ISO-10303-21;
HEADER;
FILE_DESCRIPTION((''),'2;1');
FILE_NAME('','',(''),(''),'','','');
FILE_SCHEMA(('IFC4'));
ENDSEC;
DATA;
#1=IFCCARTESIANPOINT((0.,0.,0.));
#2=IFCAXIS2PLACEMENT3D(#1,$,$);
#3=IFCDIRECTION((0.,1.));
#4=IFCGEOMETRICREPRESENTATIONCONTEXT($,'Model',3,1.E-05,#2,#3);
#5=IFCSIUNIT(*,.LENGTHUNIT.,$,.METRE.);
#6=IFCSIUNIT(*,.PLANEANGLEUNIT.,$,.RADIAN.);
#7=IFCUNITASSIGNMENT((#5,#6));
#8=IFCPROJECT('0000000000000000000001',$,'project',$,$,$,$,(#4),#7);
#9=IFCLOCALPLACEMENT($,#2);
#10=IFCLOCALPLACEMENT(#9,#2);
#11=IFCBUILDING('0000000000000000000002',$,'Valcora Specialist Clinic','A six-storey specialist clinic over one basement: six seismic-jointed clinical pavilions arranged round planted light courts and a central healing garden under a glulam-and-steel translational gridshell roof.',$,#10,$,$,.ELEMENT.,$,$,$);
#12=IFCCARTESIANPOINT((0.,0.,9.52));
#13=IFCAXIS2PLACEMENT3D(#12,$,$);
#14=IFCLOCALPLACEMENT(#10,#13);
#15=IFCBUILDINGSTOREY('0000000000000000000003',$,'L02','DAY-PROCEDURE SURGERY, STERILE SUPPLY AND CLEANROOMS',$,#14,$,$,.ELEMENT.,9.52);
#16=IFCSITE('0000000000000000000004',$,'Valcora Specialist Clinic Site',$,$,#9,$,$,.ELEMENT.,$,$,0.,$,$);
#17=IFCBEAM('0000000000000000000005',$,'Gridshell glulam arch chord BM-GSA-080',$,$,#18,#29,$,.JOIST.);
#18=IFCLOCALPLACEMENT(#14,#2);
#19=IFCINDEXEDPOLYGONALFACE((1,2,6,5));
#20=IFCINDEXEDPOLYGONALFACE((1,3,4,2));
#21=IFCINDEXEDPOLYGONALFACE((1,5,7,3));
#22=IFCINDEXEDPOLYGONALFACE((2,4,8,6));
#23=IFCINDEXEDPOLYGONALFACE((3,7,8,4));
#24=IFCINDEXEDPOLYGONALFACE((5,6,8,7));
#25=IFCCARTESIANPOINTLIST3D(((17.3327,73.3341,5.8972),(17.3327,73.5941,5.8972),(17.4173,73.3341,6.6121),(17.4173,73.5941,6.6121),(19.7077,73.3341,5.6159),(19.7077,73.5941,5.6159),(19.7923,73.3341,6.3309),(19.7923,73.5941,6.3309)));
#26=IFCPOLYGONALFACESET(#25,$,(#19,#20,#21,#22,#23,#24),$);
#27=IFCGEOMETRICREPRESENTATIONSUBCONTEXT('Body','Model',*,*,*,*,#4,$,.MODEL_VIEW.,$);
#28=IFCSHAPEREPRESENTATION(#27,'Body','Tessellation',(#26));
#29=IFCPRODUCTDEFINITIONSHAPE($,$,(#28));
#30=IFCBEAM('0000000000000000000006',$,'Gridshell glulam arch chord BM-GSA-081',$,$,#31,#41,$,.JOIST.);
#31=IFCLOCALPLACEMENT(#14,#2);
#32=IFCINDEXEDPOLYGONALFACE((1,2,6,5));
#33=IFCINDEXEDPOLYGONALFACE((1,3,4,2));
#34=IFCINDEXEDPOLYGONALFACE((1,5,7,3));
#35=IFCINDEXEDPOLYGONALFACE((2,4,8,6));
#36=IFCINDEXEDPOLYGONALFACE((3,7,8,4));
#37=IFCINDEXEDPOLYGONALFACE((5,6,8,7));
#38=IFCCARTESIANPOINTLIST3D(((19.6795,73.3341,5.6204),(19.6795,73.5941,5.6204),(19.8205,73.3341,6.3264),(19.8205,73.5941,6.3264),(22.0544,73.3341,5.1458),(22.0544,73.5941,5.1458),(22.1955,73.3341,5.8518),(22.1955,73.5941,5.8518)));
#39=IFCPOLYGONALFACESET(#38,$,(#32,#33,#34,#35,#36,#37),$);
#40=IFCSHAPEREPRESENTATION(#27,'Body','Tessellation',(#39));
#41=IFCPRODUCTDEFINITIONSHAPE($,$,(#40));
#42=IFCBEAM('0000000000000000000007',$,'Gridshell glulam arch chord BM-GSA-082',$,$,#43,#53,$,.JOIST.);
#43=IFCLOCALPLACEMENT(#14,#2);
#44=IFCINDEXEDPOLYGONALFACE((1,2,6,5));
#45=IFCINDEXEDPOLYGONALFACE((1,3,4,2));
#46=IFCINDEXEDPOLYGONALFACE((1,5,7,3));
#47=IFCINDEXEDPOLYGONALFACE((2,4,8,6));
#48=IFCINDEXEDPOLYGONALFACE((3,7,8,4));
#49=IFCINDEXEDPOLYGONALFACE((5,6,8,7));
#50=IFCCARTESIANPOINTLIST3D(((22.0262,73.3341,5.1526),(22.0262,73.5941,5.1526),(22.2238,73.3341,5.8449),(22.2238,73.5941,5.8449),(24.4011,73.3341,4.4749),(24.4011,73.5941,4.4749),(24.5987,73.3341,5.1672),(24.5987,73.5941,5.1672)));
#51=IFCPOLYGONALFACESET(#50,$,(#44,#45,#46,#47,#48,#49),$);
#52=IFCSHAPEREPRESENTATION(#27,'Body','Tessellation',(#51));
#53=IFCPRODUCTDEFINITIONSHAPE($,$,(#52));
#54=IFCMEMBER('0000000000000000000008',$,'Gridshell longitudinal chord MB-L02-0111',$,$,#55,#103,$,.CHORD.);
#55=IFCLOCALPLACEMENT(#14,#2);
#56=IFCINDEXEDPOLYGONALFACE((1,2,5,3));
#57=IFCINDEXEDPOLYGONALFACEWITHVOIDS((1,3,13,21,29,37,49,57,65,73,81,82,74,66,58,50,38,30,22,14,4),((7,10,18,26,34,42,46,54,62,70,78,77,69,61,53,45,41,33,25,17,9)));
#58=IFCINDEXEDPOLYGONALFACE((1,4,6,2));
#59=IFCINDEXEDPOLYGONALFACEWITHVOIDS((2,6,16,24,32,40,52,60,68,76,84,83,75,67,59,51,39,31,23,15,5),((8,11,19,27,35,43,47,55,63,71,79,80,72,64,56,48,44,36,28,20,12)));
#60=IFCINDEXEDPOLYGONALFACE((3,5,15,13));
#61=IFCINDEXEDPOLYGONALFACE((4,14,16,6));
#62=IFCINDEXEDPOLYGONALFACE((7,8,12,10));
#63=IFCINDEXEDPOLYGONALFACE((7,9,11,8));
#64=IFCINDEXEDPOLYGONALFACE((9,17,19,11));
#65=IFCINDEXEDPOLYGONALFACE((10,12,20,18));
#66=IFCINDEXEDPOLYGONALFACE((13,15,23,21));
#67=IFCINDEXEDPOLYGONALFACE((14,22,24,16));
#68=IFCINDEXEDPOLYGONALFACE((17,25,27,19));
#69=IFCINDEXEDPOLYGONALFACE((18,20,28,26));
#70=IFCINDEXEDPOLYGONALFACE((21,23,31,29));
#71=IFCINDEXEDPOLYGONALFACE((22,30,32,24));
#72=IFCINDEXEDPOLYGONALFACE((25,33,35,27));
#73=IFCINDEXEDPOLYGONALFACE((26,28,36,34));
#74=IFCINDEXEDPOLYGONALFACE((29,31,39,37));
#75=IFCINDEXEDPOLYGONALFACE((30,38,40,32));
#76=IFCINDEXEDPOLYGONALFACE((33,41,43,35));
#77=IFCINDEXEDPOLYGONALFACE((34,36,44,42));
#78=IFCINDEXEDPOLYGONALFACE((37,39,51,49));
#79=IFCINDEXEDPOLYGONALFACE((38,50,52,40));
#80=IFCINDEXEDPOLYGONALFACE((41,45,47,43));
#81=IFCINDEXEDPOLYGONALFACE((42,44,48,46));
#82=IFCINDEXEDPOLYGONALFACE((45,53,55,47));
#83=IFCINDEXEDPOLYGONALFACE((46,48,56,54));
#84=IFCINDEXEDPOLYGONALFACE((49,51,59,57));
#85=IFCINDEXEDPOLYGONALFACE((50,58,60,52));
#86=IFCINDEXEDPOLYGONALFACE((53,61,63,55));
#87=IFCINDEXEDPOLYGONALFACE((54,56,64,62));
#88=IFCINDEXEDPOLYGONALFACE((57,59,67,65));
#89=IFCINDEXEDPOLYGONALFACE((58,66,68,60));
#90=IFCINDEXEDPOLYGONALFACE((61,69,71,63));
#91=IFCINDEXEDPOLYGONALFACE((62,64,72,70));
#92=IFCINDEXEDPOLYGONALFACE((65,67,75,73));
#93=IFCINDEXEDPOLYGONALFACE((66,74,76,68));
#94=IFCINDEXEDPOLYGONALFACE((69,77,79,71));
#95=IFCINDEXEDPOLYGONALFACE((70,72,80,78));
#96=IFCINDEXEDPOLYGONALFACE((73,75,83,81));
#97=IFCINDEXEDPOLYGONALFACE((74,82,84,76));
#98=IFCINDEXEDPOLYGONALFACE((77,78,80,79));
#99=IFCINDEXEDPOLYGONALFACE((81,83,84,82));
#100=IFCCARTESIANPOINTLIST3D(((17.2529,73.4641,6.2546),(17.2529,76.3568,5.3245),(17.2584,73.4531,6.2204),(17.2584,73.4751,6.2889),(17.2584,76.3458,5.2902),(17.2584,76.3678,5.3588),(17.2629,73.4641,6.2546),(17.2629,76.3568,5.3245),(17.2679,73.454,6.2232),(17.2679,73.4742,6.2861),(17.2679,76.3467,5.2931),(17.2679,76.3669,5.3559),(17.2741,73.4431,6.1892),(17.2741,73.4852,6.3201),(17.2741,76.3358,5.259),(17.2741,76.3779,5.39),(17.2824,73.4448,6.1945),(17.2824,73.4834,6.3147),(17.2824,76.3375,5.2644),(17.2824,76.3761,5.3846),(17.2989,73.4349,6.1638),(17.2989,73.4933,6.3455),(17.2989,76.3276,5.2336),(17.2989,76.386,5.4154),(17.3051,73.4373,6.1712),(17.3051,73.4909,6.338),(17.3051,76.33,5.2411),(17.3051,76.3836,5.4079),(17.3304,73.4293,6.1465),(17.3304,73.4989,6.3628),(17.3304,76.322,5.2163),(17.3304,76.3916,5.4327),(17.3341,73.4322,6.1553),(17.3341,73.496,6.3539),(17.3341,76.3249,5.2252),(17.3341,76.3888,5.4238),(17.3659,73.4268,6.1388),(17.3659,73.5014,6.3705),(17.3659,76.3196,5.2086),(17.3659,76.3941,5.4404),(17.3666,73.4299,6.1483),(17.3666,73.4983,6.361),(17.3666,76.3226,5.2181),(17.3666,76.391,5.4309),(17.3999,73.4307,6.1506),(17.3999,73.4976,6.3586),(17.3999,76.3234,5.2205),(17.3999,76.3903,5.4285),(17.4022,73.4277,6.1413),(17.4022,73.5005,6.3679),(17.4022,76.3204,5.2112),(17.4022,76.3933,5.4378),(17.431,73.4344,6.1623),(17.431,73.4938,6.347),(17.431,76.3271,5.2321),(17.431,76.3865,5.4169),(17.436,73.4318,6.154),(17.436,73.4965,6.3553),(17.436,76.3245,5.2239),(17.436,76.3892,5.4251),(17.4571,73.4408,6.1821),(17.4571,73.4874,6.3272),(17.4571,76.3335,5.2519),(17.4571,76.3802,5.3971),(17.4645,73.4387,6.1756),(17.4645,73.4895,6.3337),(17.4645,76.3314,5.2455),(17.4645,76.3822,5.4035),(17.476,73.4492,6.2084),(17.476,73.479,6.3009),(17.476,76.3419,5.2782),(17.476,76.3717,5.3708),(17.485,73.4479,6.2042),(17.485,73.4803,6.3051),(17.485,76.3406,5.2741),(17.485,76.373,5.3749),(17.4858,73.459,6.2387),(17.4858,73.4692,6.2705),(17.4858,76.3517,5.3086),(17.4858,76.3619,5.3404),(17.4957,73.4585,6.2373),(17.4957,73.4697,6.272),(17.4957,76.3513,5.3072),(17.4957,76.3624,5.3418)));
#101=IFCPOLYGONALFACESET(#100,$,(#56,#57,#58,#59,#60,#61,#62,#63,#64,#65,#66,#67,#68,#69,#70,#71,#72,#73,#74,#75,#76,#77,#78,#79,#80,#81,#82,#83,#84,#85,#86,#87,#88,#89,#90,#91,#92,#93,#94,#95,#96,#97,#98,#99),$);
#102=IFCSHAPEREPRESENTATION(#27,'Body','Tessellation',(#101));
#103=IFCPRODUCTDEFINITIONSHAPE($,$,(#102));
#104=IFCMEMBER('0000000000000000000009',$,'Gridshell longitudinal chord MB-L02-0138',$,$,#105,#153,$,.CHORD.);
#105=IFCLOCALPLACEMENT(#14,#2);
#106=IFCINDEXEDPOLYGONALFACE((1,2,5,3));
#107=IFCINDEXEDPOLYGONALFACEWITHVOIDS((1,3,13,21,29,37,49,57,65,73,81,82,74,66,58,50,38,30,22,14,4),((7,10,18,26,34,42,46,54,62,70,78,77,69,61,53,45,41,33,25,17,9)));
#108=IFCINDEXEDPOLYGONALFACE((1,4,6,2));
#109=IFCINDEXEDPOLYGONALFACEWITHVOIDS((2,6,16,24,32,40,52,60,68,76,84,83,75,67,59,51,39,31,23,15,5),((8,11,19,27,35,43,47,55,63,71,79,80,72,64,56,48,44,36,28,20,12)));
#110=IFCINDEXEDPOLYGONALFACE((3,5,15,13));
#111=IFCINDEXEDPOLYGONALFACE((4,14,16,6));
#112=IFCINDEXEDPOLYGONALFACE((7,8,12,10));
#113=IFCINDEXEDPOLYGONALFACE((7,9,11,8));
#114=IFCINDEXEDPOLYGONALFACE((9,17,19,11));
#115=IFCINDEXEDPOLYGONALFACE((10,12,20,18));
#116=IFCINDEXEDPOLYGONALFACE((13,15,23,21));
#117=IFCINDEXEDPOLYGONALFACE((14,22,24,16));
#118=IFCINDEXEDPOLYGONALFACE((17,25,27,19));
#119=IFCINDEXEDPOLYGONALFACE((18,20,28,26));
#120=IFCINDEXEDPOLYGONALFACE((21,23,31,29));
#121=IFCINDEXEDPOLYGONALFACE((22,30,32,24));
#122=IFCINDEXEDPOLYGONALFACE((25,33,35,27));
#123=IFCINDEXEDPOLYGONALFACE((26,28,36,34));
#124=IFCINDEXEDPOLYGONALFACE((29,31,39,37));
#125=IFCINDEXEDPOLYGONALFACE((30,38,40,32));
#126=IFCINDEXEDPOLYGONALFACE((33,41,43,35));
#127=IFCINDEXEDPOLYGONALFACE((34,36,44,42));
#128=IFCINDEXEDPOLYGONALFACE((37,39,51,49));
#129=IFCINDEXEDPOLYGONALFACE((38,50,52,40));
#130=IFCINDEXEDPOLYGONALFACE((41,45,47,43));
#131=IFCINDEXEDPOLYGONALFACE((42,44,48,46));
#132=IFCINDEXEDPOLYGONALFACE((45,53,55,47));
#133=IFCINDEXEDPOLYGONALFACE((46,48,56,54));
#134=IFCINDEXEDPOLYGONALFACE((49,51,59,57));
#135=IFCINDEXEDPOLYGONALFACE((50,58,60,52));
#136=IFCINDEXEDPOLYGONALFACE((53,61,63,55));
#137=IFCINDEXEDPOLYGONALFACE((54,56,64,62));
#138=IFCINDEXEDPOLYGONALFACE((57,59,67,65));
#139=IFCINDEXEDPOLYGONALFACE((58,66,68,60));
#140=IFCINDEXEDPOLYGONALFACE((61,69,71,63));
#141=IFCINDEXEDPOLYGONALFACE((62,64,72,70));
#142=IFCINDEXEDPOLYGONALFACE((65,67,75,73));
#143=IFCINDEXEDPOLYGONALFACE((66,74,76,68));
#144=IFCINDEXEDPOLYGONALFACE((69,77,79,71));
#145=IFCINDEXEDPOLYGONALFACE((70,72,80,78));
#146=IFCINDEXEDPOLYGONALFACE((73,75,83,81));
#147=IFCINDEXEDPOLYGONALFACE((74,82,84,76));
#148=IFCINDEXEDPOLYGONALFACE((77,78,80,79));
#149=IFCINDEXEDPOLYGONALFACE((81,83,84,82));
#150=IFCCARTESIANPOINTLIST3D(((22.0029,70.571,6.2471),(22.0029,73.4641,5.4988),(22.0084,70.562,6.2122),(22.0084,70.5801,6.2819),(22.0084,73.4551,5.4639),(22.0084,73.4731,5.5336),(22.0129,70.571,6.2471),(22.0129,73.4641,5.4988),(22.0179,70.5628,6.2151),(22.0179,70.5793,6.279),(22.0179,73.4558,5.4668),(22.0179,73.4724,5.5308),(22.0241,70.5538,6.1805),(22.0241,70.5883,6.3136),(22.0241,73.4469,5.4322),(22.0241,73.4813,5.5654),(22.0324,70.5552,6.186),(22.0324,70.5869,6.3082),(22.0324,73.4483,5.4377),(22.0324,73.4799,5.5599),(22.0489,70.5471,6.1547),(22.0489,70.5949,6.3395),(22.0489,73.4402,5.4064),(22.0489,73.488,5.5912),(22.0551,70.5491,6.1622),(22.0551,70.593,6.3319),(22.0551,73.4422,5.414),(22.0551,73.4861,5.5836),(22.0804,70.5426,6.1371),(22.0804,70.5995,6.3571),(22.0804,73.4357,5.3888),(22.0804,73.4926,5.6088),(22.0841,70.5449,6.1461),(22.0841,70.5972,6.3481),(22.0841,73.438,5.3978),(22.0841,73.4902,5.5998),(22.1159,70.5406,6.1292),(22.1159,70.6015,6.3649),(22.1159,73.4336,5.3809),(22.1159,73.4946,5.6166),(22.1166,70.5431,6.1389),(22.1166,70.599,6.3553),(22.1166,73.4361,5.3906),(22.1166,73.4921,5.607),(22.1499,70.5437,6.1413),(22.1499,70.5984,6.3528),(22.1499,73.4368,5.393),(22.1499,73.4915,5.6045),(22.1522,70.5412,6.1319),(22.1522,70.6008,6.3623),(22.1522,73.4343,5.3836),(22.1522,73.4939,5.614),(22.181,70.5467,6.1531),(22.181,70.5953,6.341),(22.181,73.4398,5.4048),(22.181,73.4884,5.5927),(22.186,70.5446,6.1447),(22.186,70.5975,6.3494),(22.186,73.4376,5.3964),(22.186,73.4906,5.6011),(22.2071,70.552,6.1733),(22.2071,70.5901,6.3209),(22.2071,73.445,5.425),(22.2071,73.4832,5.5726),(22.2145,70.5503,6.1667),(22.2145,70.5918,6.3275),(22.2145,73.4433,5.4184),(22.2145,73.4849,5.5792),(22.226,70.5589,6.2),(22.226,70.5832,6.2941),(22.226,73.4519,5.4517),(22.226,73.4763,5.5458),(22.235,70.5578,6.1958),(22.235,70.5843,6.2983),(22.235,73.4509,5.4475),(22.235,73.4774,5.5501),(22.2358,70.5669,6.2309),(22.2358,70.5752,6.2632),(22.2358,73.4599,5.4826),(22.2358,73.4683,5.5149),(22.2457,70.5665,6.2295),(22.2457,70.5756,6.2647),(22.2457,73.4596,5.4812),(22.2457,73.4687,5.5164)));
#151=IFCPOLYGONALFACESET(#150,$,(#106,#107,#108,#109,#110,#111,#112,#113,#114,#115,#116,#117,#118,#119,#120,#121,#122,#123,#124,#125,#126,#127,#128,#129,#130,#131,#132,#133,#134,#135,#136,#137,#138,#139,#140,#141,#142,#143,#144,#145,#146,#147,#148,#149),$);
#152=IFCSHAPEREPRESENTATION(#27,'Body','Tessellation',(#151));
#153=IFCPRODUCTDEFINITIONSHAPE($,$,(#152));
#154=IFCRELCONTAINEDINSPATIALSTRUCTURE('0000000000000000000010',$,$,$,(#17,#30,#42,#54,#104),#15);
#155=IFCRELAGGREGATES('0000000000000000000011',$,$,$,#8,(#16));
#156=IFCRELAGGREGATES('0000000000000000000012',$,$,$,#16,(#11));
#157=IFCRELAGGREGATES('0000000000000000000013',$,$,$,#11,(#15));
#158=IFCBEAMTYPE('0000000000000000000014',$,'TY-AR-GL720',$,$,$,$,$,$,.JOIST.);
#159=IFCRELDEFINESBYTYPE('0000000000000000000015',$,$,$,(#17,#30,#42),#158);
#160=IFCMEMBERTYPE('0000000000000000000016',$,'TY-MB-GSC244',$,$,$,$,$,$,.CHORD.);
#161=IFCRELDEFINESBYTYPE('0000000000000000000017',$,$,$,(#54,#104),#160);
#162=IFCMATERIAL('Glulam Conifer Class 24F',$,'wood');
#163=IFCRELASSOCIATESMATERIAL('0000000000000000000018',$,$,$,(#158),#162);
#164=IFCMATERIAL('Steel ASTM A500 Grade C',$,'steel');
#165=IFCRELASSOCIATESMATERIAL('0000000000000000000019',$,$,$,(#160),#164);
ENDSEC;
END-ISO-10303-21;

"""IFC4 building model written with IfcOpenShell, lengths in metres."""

from ifc_helpers import new_model, si_unit, direction, frame, origin, origin_2d, place, context, subcontext, project, spatial, rectangle, hollow_circle, extrude, material, material_profile, profile_set, type_object, element, save


model = new_model("IFC4")

# Units and contexts
model_context = context("Model", 3, precision=1e-05, world=origin(), true_north=direction((0.0, 1.0)))
body_context = subcontext(model_context, "Body", "Model", "MODEL_VIEW")
ifc_project = project(units=[si_unit("LENGTHUNIT", "METRE"), si_unit("PLANEANGLEUNIT", "RADIAN")], contexts=[model_context])

# Site, building, storey
site_placement = place(None, origin())
site = spatial("IfcSite", under=ifc_project, at=site_placement, Name="Valcora Specialist Clinic Site", CompositionType="ELEMENT", RefElevation=0.0)
building_placement = place(site_placement, origin())
building = spatial("IfcBuilding", under=site, at=building_placement, Name="Valcora Specialist Clinic", Description="A six-storey specialist clinic over one basement: six seismic-jointed clinical pavilions arranged round planted light courts and a central healing garden under a glulam-and-steel translational gridshell roof.", CompositionType="ELEMENT")
storey_placement = place(building_placement, frame((0.0, 0.0, 9.52)))
storey = spatial("IfcBuildingStorey", under=building, at=storey_placement, Name="L02", Description="DAY-PROCEDURE SURGERY, STERILE SUPPLY AND CLEANROOMS", CompositionType="ELEMENT", Elevation=9.52)

# Beams
ifc_material_1 = material(Name="Glulam Conifer Class 24F", Category="wood")
ifc_material_profile_1 = material_profile(ifc_material_1, rectangle(XDim=0.26, YDim=0.72, at=origin_2d()), Name="GL-ARC-260X720")
ifc_profile_set_1 = profile_set([ifc_material_profile_1], Name="Glulam Conifer Class 24F")
beam_type = type_object("IfcBeamType", Name="TY-AR-GL720", PredefinedType="JOIST", material=ifc_profile_set_1)
beam_1_placement = place(storey_placement, frame((17.375, 73.4641, 6.2546), z_axis=(0.993061, 0.0, -0.117599), x_axis=(0.0, 1.0, 0.0)))
element("IfcBeam", 1, at=beam_1_placement, inside=storey, type_object=beam_type, Name="Gridshell glulam arch chord BM-GSA-080", PredefinedType="JOIST", context=body_context, shape_type="SweptSolid", body=[
    extrude(rectangle(XDim=0.26, YDim=0.72, at=origin_2d()), origin(), (0.0, 0.0, 1.0), 2.3916),
])
beam_2_placement = place(storey_placement, frame((19.75, 73.4641, 5.9734), z_axis=(0.980612, 0.0, -0.195961), x_axis=(0.0, 1.0, 0.0)))
element("IfcBeam", 2, at=beam_2_placement, inside=storey, type_object=beam_type, Name="Gridshell glulam arch chord BM-GSA-081", PredefinedType="JOIST", context=body_context, shape_type="SweptSolid", body=[
    extrude(rectangle(XDim=0.26, YDim=0.72, at=origin_2d()), origin(), (0.0, 0.0, 1.0), 2.4219),
])
beam_3_placement = place(storey_placement, frame((22.125, 73.4641, 5.4988), z_axis=(0.961613, 0.0, -0.274408), x_axis=(0.0, 1.0, 0.0)))
element("IfcBeam", 3, at=beam_3_placement, inside=storey, type_object=beam_type, Name="Gridshell glulam arch chord BM-GSA-082", PredefinedType="JOIST", context=body_context, shape_type="SweptSolid", body=[
    extrude(rectangle(XDim=0.26, YDim=0.72, at=origin_2d()), origin(), (0.0, 0.0, 1.0), 2.4697),
])

# Members
ifc_material_2 = material(Name="Steel ASTM A500 Grade C", Category="steel")
ifc_material_profile_2 = material_profile(ifc_material_2, hollow_circle(Radius=0.1221, WallThickness=0.01, at=origin_2d()), Name="ST-CHS-244X10")
ifc_profile_set_2 = profile_set([ifc_material_profile_2], Name="Steel ASTM A500 Grade C")
member_type_1 = type_object("IfcMemberType", Name="TY-MB-GSC244", PredefinedType="CHORD", material=ifc_profile_set_2)
member_1_placement = place(storey_placement, frame((17.375, 73.4641, 6.2546), z_axis=(0.0, 0.951996, -0.306111), x_axis=(-1.0, 0.0, 0.0)))
element("IfcMember", 4, at=member_1_placement, inside=storey, type_object=member_type_1, Name="Gridshell longitudinal chord MB-L02-0111", PredefinedType="CHORD", context=body_context, shape_type="SweptSolid", body=[
    extrude(hollow_circle(Radius=0.1221, WallThickness=0.01, at=origin_2d()), origin(), (0.0, 0.0, 1.0), 3.0386),
])
member_2_placement = place(storey_placement, frame((22.125, 70.571, 6.2471), z_axis=(0.0, 0.96814, -0.250409), x_axis=(-1.0, 0.0, 0.0)))
element("IfcMember", 5, at=member_2_placement, inside=storey, type_object=member_type_1, Name="Gridshell longitudinal chord MB-L02-0138", PredefinedType="CHORD", context=body_context, shape_type="SweptSolid", body=[
    extrude(hollow_circle(Radius=0.1221, WallThickness=0.01, at=origin_2d()), origin(), (0.0, 0.0, 1.0), 2.9883),
])

save(model, "model.ifc")
